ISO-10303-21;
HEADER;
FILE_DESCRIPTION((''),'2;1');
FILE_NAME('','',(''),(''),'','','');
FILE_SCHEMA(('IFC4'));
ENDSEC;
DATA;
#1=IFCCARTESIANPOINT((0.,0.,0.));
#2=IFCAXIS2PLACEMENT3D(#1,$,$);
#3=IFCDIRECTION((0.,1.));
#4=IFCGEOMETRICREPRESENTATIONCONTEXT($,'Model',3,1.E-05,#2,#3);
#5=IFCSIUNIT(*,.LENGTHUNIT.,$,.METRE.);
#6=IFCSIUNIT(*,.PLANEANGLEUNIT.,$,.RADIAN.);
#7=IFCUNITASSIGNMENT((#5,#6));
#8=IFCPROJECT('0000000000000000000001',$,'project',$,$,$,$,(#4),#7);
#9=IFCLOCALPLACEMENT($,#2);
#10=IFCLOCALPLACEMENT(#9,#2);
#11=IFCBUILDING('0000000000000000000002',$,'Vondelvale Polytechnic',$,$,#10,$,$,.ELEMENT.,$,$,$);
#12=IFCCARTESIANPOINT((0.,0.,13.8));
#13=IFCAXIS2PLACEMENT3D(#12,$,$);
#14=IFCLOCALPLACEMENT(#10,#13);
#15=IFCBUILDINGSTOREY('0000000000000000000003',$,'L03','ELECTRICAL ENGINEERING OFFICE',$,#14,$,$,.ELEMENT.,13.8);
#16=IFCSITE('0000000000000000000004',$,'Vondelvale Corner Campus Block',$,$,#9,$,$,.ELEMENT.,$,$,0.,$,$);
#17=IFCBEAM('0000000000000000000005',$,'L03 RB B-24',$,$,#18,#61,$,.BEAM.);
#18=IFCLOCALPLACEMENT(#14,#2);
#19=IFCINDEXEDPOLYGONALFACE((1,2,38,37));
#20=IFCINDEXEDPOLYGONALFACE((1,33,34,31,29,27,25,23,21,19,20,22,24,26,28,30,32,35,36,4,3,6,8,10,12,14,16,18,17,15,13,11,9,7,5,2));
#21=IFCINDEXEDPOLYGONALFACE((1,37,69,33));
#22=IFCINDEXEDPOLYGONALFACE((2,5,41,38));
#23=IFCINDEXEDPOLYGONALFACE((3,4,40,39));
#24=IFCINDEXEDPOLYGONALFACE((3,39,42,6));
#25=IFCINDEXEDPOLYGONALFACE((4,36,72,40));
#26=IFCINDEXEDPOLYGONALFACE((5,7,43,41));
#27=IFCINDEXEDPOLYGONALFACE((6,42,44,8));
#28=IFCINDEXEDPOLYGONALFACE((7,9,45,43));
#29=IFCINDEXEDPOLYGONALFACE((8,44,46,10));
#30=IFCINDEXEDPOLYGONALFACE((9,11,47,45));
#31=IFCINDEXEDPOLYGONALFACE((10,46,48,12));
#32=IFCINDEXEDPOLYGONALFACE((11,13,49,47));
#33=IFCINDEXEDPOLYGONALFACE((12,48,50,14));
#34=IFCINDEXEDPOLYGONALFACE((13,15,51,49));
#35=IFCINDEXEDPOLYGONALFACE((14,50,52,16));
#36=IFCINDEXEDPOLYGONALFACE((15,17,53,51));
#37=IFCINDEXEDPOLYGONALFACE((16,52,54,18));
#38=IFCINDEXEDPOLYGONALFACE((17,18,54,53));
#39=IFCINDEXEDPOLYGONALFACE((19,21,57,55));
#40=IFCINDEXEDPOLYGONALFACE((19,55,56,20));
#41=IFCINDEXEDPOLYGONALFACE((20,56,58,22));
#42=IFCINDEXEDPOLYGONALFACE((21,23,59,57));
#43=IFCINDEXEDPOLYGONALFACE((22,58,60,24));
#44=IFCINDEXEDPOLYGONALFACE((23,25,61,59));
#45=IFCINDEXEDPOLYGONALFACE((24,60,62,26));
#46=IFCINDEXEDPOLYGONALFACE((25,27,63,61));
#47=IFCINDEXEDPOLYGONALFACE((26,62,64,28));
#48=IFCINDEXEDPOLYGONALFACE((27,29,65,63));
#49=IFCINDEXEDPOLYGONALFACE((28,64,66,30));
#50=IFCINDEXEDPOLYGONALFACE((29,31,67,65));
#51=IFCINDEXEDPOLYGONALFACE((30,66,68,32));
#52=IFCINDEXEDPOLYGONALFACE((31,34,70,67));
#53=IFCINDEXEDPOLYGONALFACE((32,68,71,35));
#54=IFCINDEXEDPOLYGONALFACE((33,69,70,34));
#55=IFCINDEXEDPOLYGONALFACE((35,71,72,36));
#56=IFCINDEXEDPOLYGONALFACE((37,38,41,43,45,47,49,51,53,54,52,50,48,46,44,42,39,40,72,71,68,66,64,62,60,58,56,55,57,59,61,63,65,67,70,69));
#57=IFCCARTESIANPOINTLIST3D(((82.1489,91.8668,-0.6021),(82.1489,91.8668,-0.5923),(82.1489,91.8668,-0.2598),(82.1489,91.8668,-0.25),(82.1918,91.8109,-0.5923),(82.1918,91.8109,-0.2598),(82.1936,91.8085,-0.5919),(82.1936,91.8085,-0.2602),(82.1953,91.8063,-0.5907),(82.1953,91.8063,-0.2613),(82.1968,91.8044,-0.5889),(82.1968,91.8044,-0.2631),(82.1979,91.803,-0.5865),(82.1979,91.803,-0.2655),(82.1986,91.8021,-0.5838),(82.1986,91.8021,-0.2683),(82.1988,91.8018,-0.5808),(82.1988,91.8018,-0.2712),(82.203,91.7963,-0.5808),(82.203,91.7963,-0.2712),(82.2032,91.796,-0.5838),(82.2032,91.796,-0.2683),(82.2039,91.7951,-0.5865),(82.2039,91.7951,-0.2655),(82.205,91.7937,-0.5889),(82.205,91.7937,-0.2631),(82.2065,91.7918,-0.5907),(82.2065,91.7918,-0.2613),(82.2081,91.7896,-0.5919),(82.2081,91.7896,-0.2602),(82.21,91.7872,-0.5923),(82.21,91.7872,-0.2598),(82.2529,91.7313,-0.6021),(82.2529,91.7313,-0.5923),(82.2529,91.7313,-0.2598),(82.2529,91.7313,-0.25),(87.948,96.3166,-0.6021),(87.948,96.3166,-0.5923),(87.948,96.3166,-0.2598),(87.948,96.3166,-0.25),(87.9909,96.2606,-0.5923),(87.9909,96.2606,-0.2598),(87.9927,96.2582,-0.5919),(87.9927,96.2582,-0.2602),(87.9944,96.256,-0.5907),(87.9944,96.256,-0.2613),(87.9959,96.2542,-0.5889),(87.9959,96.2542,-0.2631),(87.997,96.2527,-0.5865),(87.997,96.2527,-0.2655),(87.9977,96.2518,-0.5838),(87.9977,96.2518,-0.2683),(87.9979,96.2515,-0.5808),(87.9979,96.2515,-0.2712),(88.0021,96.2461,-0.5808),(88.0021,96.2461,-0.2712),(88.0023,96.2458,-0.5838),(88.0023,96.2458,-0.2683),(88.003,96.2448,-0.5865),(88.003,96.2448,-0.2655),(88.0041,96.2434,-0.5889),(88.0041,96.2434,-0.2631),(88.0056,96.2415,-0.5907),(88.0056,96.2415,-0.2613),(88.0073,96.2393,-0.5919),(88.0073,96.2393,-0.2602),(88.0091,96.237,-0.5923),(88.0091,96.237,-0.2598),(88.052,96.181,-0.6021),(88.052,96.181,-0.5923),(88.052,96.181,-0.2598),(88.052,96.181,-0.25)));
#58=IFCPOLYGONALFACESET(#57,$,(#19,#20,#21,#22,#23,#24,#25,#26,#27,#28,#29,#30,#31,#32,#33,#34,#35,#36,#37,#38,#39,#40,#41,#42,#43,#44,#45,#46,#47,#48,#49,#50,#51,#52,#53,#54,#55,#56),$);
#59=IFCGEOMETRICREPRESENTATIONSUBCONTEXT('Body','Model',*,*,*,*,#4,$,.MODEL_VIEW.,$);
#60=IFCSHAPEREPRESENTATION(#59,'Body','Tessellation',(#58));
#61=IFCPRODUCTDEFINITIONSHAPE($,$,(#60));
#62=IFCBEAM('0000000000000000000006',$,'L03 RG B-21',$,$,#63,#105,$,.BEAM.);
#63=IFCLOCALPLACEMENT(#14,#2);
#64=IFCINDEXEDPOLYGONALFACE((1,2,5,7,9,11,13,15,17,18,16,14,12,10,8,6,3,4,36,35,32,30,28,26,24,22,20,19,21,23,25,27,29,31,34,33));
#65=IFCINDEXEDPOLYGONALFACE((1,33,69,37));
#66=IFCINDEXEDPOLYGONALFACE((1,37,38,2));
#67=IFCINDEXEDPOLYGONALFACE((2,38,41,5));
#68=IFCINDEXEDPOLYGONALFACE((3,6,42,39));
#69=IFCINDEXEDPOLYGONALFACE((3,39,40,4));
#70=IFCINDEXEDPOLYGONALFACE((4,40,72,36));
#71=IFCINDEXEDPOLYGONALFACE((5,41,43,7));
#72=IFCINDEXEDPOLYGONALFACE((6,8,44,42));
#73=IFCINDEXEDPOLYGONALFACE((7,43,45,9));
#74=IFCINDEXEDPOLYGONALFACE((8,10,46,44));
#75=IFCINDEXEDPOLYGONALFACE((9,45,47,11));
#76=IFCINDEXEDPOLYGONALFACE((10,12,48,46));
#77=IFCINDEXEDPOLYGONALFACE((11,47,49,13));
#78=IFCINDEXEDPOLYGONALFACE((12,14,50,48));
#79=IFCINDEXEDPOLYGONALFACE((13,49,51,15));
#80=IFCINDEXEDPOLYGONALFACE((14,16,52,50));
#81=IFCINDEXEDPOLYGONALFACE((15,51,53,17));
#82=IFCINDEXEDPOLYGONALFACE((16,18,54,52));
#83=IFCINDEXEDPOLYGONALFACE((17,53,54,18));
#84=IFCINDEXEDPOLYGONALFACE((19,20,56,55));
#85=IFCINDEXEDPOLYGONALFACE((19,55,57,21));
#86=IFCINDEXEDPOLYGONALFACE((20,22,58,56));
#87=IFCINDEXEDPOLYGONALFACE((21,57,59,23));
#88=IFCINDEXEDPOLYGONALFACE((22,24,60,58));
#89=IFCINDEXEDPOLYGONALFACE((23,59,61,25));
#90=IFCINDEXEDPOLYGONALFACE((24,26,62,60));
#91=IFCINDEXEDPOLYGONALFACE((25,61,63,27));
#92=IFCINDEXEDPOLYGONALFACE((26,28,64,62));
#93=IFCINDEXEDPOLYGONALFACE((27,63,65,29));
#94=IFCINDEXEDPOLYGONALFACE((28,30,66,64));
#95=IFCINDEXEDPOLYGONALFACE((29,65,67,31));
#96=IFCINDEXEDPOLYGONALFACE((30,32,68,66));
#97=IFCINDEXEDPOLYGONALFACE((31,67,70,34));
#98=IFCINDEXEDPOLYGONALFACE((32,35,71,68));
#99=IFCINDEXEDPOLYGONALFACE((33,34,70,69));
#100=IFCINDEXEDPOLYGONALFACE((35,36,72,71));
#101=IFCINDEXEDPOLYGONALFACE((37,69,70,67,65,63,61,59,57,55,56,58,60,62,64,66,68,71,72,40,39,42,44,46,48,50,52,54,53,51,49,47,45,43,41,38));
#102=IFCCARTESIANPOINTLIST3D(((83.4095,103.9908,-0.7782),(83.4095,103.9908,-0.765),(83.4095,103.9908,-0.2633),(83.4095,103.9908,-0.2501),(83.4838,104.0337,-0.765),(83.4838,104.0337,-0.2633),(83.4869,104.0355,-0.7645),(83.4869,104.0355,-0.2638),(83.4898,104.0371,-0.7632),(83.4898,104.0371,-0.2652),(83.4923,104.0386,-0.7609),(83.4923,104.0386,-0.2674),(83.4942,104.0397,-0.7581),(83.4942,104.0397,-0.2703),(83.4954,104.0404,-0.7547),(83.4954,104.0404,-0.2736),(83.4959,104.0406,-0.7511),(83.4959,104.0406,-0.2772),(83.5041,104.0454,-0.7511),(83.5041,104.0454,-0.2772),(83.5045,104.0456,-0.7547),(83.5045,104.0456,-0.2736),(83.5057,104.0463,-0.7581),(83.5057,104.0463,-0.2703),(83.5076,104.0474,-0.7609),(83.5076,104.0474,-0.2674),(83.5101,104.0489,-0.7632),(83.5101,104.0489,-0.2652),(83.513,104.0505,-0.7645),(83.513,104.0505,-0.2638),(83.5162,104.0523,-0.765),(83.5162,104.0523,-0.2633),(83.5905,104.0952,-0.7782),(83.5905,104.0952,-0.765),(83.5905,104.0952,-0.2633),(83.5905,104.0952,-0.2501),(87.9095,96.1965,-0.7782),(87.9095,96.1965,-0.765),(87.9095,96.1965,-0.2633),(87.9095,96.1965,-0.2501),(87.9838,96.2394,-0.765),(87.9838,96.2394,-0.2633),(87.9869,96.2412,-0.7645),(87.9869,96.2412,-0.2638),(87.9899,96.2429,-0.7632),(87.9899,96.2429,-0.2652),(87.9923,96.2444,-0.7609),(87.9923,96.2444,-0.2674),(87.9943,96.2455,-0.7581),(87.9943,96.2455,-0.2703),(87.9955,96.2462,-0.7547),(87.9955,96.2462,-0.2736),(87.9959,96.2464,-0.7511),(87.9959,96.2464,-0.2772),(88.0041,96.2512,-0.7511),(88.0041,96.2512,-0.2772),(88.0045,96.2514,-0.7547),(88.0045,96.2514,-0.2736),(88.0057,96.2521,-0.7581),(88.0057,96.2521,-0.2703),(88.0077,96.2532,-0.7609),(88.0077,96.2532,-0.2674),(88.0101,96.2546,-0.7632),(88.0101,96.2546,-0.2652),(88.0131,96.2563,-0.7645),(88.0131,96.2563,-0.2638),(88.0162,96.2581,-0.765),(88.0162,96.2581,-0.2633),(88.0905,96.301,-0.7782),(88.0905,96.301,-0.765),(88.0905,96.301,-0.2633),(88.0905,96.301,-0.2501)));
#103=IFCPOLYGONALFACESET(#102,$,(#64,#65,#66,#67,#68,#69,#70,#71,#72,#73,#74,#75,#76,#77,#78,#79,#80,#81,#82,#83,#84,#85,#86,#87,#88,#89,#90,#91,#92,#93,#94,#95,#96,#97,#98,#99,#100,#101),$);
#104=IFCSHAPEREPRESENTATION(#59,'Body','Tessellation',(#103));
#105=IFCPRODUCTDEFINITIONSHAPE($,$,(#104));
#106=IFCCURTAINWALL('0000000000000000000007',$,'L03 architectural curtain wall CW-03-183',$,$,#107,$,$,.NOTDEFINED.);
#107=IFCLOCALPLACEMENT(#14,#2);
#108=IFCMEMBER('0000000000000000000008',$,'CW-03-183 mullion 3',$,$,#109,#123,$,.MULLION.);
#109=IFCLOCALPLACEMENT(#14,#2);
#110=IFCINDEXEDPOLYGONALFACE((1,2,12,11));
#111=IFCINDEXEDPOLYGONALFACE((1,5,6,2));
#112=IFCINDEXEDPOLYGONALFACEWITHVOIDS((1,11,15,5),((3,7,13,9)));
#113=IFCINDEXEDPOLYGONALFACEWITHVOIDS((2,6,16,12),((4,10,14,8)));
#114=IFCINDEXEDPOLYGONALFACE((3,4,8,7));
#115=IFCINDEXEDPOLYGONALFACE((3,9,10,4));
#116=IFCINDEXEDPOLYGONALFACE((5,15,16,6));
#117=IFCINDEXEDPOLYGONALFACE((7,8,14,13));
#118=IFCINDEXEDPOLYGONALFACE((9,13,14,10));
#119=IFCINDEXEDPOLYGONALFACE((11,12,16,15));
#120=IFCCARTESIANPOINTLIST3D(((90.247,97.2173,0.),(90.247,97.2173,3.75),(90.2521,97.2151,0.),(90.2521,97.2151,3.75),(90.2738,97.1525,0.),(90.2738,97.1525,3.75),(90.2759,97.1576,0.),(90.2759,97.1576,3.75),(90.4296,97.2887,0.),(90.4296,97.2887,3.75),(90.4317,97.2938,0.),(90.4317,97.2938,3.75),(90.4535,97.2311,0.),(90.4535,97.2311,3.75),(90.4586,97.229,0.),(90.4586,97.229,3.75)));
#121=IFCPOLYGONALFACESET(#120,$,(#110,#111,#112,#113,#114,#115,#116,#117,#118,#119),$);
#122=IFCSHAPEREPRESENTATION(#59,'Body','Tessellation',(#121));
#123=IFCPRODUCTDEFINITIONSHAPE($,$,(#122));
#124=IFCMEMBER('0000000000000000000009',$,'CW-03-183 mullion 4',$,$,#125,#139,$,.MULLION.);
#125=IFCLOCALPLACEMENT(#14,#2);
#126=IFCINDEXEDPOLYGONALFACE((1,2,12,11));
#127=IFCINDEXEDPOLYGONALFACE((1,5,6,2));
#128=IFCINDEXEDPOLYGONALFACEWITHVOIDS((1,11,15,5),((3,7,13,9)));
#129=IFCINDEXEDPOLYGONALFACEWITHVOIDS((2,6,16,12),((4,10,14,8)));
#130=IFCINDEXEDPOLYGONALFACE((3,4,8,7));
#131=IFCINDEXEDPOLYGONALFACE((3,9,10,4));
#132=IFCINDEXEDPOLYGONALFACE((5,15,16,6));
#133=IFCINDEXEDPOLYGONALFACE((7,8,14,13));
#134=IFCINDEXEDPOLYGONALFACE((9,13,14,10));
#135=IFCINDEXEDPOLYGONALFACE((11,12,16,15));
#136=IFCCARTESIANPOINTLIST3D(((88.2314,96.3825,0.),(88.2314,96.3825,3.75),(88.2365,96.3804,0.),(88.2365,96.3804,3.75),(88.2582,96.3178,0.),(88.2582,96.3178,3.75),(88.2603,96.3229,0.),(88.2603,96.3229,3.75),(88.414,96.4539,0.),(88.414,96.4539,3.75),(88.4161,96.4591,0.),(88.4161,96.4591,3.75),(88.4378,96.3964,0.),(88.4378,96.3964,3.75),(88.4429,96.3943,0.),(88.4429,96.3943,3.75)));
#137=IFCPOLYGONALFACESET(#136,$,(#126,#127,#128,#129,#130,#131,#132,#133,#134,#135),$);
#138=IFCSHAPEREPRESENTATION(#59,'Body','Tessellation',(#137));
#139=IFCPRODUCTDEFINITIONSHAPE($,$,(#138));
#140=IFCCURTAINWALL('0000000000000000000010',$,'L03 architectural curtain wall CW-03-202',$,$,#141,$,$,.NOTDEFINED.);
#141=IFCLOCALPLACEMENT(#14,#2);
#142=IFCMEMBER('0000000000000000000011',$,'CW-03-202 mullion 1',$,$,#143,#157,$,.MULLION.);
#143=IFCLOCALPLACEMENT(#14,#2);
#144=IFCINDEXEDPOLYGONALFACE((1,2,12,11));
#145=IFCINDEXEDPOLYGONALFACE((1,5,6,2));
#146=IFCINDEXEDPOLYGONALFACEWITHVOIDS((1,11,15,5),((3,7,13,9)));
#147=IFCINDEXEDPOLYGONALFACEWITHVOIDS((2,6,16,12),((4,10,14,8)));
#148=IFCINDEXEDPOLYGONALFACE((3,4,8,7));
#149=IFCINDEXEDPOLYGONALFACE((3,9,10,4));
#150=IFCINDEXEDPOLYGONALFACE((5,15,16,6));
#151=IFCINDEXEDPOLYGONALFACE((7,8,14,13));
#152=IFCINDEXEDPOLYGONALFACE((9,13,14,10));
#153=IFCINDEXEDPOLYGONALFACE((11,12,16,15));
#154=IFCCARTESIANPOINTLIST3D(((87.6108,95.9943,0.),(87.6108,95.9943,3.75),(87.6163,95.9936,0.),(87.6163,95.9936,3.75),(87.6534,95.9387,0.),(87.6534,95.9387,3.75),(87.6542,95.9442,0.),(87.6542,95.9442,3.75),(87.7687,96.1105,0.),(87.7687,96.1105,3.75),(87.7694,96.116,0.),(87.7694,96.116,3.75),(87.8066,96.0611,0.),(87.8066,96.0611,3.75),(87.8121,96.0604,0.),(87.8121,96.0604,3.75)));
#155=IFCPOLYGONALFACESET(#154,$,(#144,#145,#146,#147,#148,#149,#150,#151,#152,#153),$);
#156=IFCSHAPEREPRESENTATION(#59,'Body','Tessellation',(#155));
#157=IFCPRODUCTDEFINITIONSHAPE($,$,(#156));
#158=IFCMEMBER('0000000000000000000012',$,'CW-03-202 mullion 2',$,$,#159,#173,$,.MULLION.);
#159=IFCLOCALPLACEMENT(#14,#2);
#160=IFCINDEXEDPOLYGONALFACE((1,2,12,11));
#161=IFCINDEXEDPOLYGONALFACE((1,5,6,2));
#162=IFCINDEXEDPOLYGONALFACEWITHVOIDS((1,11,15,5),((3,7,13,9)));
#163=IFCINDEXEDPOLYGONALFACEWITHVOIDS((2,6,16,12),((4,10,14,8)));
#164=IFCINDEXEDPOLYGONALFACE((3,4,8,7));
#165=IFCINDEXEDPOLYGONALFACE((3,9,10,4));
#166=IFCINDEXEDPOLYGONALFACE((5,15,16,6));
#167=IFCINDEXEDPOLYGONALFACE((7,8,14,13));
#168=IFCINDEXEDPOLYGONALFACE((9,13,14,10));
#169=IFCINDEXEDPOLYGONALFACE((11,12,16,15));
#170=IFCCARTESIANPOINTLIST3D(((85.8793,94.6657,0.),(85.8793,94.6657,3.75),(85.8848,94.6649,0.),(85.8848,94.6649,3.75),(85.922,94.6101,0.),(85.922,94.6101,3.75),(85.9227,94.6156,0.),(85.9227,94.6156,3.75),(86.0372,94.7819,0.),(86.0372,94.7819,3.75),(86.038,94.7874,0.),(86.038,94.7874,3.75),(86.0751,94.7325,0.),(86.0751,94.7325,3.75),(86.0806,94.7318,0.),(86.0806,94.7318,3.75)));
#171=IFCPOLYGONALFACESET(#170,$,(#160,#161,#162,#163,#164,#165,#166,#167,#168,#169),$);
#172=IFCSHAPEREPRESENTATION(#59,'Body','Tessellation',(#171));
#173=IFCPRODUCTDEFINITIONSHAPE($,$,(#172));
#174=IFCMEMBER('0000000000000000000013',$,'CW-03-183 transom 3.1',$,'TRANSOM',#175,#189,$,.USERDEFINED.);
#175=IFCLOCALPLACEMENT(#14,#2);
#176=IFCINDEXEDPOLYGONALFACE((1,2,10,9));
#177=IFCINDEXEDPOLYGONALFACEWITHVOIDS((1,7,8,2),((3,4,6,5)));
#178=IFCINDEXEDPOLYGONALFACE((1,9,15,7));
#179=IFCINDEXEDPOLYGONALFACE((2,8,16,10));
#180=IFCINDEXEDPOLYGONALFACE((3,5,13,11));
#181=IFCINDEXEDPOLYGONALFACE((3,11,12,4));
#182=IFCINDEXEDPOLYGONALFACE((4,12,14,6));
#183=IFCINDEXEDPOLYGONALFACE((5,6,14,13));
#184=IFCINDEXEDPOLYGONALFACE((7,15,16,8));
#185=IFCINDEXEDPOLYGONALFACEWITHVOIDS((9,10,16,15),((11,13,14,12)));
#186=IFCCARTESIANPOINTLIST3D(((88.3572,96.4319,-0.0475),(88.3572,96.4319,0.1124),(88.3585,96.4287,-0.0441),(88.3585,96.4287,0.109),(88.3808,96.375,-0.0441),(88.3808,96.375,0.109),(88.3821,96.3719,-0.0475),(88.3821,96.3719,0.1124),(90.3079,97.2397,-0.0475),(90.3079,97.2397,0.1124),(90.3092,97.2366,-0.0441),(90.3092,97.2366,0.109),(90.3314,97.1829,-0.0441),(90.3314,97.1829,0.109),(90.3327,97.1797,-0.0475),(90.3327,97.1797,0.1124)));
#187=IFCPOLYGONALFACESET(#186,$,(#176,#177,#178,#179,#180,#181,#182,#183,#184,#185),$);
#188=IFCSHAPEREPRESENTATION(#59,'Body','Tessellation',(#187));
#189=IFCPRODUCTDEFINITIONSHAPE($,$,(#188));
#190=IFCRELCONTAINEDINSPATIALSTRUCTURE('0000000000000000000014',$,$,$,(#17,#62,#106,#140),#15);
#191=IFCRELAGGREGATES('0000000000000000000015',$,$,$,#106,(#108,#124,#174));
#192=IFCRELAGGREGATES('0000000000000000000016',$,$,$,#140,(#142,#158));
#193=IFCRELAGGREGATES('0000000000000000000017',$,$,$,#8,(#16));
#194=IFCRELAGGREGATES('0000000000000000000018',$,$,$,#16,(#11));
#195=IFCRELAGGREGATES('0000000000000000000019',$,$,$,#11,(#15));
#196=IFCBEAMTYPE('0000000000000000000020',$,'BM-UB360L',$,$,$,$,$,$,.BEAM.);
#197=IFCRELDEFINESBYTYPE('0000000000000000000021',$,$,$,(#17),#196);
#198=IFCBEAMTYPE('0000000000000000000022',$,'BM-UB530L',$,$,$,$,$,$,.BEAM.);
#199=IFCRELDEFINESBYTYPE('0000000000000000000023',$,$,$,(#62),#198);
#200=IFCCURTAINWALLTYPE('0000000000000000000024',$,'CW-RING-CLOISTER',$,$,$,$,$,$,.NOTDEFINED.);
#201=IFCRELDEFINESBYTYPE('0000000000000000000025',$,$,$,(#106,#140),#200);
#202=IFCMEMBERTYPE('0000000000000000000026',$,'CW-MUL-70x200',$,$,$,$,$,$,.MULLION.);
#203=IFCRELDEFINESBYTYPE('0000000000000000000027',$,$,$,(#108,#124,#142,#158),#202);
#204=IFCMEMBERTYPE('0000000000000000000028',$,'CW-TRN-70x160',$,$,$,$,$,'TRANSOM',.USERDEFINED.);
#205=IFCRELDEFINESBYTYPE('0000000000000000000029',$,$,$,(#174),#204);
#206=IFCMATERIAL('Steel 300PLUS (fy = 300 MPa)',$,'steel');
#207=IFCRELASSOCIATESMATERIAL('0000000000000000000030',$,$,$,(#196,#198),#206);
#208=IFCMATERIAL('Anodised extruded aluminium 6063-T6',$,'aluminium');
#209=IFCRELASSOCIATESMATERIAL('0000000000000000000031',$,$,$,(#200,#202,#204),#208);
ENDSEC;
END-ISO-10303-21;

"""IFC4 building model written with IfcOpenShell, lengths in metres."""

from ifc_helpers import new_model, si_unit, direction, frame, origin, origin_2d, place, context, subcontext, project, spatial, hollow_rectangle, i_section, extrude, material, material_profile, profile_set, type_object, element, aggregate, save


model = new_model("IFC4")

# Units and contexts
model_context = context("Model", 3, precision=1e-05, world=origin(), true_north=direction((0.0, 1.0)))
body_context = subcontext(model_context, "Body", "Model", "MODEL_VIEW")
ifc_project = project(units=[si_unit("LENGTHUNIT", "METRE"), si_unit("PLANEANGLEUNIT", "RADIAN")], contexts=[model_context])

# Site, building, storey
site_placement = place(None, origin())
site = spatial("IfcSite", under=ifc_project, at=site_placement, Name="Vondelvale Corner Campus Block", CompositionType="ELEMENT", RefElevation=0.0)
building_placement = place(site_placement, origin())
building = spatial("IfcBuilding", under=site, at=building_placement, Name="Vondelvale Polytechnic", CompositionType="ELEMENT")
storey_placement = place(building_placement, frame((0.0, 0.0, 13.8)))
storey = spatial("IfcBuildingStorey", under=building, at=storey_placement, Name="L03", Description="ELECTRICAL ENGINEERING OFFICE", CompositionType="ELEMENT", Elevation=13.8)

# Beams
ifc_material_1 = material(Name="Steel 300PLUS (fy = 300 MPa)", Category="steel")
ifc_material_profile_1 = material_profile(ifc_material_1, i_section(OverallWidth=0.1709, OverallDepth=0.3521, WebThickness=0.0068, FlangeThickness=0.0098, FilletRadius=0.0115, at=origin_2d()), Name="360UB44.7")
ifc_profile_set_1 = profile_set([ifc_material_profile_1], Name="Steel 300PLUS (fy = 300 MPa)")
beam_type_1 = type_object("IfcBeamType", Name="BM-UB360L", PredefinedType="BEAM", material=ifc_profile_set_1)
beam_1_placement = place(storey_placement, frame((88.0, 96.2488, -0.426), z_axis=(-0.793358, -0.608755, 0.0), x_axis=(0.608755, -0.793358, 0.0)))
element("IfcBeam", 1, at=beam_1_placement, inside=storey, type_object=beam_type_1, Name="L03 RB B-24", PredefinedType="BEAM", context=body_context, shape_type="SweptSolid", body=[
    extrude(i_section(OverallWidth=0.1709, OverallDepth=0.3521, WebThickness=0.0068, FlangeThickness=0.0098, FilletRadius=0.0115, at=origin_2d()), origin(), (0.0, 0.0, 1.0), 7.3096),
])
ifc_material_profile_2 = material_profile(ifc_material_1, i_section(OverallWidth=0.209, OverallDepth=0.5281, WebThickness=0.0095, FlangeThickness=0.0132, FilletRadius=0.0139, at=origin_2d()), Name="530UB82.0")
ifc_profile_set_2 = profile_set([ifc_material_profile_2], Name="Steel 300PLUS (fy = 300 MPa)")
beam_type_2 = type_object("IfcBeamType", Name="BM-UB530L", PredefinedType="BEAM", material=ifc_profile_set_2)
beam_2_placement = place(storey_placement, frame((88.0, 96.2488, -0.5142), z_axis=(-0.500002, 0.866024, 0.0), x_axis=(-0.866024, -0.500002, 0.0)))
element("IfcBeam", 2, at=beam_2_placement, inside=storey, type_object=beam_type_2, Name="L03 RG B-21", PredefinedType="BEAM", context=body_context, shape_type="SweptSolid", body=[
    extrude(i_section(OverallWidth=0.209, OverallDepth=0.5281, WebThickness=0.0095, FlangeThickness=0.0132, FilletRadius=0.0139, at=origin_2d()), origin(), (0.0, 0.0, 1.0), 9.0),
])

# Curtain walls, members
ifc_material_2 = material(Name="Anodised extruded aluminium 6063-T6", Category="aluminium")
curtain_wall_type = type_object("IfcCurtainWallType", Name="CW-RING-CLOISTER", PredefinedType="NOTDEFINED", material=ifc_material_2)
curtain_wall_1_placement = place(storey_placement, origin())
curtain_wall_1 = element("IfcCurtainWall", 3, at=curtain_wall_1_placement, inside=storey, type_object=curtain_wall_type, Name="L03 architectural curtain wall CW-03-183", PredefinedType="NOTDEFINED")
ifc_material_profile_3 = material_profile(ifc_material_2, hollow_rectangle(XDim=0.0701, YDim=0.2, WallThickness=0.0039, at=origin_2d()), Name="CW-MUL-200x70")
ifc_profile_set_3 = profile_set([ifc_material_profile_3], Name="Anodised extruded aluminium 6063-T6")
member_type_1 = type_object("IfcMemberType", Name="CW-MUL-70x200", PredefinedType="MULLION", material=ifc_profile_set_3)
member_1_placement = place(storey_placement, frame((90.3528, 97.2231, 0.0), z_axis=(0.0, 0.0, 1.0), x_axis=(0.382679, -0.923882, 0.0)))
member_1 = element("IfcMember", 4, at=member_1_placement, type_object=member_type_1, Name="CW-03-183 mullion 3", PredefinedType="MULLION", context=body_context, shape_type="SweptSolid", body=[
    extrude(hollow_rectangle(XDim=0.0701, YDim=0.2, WallThickness=0.0039, at=origin_2d()), origin(), (0.0, 0.0, 1.0), 3.75),
])
member_2_placement = place(storey_placement, frame((88.3372, 96.3884, 0.0), z_axis=(0.0, 0.0, 1.0), x_axis=(0.382679, -0.923882, 0.0)))
member_2 = element("IfcMember", 5, at=member_2_placement, type_object=member_type_1, Name="CW-03-183 mullion 4", PredefinedType="MULLION", context=body_context, shape_type="SweptSolid", body=[
    extrude(hollow_rectangle(XDim=0.0701, YDim=0.2, WallThickness=0.0039, at=origin_2d()), origin(), (0.0, 0.0, 1.0), 3.75),
])
curtain_wall_2_placement = place(storey_placement, origin())
curtain_wall_2 = element("IfcCurtainWall", 6, at=curtain_wall_2_placement, inside=storey, type_object=curtain_wall_type, Name="L03 architectural curtain wall CW-03-202", PredefinedType="NOTDEFINED")
member_3_placement = place(storey_placement, frame((87.7114, 96.0273, 0.0), z_axis=(0.0, 0.0, 1.0), x_axis=(0.608748, -0.793364, 0.0)))
member_3 = element("IfcMember", 7, at=member_3_placement, type_object=member_type_1, Name="CW-03-202 mullion 1", PredefinedType="MULLION", context=body_context, shape_type="SweptSolid", body=[
    extrude(hollow_rectangle(XDim=0.0701, YDim=0.2, WallThickness=0.0039, at=origin_2d()), origin(), (0.0, 0.0, 1.0), 3.75),
])
member_4_placement = place(storey_placement, frame((85.98, 94.6987, 0.0), z_axis=(0.0, 0.0, 1.0), x_axis=(0.608748, -0.793364, 0.0)))
member_4 = element("IfcMember", 8, at=member_4_placement, type_object=member_type_1, Name="CW-03-202 mullion 2", PredefinedType="MULLION", context=body_context, shape_type="SweptSolid", body=[
    extrude(hollow_rectangle(XDim=0.0701, YDim=0.2, WallThickness=0.0039, at=origin_2d()), origin(), (0.0, 0.0, 1.0), 3.75),
])

# Member
ifc_material_profile_4 = material_profile(ifc_material_2, hollow_rectangle(XDim=0.0649, YDim=0.1599, WallThickness=0.0034, at=origin_2d()), Name="CW-TRN-160x65")
ifc_profile_set_4 = profile_set([ifc_material_profile_4], Name="Anodised extruded aluminium 6063-T6")
member_type_2 = type_object("IfcMemberType", Name="CW-TRN-70x160", ElementType="TRANSOM", PredefinedType="USERDEFINED", material=ifc_profile_set_4)
member_5_placement = place(storey_placement, frame((90.3203, 97.2097, 0.0325), z_axis=(-0.923903, -0.382628, 0.0), x_axis=(0.382628, -0.923903, 0.0)))
member_5 = element("IfcMember", 9, at=member_5_placement, type_object=member_type_2, Name="CW-03-183 transom 3.1", ObjectType="TRANSOM", PredefinedType="USERDEFINED", context=body_context, shape_type="SweptSolid", body=[
    extrude(hollow_rectangle(XDim=0.0649, YDim=0.1599, WallThickness=0.0034, at=origin_2d()), origin(), (0.0, 0.0, 1.0), 2.1113),
])

aggregate(curtain_wall_1, [member_1, member_2, member_5])
aggregate(curtain_wall_2, [member_3, member_4])

save(model, "model.ifc")
